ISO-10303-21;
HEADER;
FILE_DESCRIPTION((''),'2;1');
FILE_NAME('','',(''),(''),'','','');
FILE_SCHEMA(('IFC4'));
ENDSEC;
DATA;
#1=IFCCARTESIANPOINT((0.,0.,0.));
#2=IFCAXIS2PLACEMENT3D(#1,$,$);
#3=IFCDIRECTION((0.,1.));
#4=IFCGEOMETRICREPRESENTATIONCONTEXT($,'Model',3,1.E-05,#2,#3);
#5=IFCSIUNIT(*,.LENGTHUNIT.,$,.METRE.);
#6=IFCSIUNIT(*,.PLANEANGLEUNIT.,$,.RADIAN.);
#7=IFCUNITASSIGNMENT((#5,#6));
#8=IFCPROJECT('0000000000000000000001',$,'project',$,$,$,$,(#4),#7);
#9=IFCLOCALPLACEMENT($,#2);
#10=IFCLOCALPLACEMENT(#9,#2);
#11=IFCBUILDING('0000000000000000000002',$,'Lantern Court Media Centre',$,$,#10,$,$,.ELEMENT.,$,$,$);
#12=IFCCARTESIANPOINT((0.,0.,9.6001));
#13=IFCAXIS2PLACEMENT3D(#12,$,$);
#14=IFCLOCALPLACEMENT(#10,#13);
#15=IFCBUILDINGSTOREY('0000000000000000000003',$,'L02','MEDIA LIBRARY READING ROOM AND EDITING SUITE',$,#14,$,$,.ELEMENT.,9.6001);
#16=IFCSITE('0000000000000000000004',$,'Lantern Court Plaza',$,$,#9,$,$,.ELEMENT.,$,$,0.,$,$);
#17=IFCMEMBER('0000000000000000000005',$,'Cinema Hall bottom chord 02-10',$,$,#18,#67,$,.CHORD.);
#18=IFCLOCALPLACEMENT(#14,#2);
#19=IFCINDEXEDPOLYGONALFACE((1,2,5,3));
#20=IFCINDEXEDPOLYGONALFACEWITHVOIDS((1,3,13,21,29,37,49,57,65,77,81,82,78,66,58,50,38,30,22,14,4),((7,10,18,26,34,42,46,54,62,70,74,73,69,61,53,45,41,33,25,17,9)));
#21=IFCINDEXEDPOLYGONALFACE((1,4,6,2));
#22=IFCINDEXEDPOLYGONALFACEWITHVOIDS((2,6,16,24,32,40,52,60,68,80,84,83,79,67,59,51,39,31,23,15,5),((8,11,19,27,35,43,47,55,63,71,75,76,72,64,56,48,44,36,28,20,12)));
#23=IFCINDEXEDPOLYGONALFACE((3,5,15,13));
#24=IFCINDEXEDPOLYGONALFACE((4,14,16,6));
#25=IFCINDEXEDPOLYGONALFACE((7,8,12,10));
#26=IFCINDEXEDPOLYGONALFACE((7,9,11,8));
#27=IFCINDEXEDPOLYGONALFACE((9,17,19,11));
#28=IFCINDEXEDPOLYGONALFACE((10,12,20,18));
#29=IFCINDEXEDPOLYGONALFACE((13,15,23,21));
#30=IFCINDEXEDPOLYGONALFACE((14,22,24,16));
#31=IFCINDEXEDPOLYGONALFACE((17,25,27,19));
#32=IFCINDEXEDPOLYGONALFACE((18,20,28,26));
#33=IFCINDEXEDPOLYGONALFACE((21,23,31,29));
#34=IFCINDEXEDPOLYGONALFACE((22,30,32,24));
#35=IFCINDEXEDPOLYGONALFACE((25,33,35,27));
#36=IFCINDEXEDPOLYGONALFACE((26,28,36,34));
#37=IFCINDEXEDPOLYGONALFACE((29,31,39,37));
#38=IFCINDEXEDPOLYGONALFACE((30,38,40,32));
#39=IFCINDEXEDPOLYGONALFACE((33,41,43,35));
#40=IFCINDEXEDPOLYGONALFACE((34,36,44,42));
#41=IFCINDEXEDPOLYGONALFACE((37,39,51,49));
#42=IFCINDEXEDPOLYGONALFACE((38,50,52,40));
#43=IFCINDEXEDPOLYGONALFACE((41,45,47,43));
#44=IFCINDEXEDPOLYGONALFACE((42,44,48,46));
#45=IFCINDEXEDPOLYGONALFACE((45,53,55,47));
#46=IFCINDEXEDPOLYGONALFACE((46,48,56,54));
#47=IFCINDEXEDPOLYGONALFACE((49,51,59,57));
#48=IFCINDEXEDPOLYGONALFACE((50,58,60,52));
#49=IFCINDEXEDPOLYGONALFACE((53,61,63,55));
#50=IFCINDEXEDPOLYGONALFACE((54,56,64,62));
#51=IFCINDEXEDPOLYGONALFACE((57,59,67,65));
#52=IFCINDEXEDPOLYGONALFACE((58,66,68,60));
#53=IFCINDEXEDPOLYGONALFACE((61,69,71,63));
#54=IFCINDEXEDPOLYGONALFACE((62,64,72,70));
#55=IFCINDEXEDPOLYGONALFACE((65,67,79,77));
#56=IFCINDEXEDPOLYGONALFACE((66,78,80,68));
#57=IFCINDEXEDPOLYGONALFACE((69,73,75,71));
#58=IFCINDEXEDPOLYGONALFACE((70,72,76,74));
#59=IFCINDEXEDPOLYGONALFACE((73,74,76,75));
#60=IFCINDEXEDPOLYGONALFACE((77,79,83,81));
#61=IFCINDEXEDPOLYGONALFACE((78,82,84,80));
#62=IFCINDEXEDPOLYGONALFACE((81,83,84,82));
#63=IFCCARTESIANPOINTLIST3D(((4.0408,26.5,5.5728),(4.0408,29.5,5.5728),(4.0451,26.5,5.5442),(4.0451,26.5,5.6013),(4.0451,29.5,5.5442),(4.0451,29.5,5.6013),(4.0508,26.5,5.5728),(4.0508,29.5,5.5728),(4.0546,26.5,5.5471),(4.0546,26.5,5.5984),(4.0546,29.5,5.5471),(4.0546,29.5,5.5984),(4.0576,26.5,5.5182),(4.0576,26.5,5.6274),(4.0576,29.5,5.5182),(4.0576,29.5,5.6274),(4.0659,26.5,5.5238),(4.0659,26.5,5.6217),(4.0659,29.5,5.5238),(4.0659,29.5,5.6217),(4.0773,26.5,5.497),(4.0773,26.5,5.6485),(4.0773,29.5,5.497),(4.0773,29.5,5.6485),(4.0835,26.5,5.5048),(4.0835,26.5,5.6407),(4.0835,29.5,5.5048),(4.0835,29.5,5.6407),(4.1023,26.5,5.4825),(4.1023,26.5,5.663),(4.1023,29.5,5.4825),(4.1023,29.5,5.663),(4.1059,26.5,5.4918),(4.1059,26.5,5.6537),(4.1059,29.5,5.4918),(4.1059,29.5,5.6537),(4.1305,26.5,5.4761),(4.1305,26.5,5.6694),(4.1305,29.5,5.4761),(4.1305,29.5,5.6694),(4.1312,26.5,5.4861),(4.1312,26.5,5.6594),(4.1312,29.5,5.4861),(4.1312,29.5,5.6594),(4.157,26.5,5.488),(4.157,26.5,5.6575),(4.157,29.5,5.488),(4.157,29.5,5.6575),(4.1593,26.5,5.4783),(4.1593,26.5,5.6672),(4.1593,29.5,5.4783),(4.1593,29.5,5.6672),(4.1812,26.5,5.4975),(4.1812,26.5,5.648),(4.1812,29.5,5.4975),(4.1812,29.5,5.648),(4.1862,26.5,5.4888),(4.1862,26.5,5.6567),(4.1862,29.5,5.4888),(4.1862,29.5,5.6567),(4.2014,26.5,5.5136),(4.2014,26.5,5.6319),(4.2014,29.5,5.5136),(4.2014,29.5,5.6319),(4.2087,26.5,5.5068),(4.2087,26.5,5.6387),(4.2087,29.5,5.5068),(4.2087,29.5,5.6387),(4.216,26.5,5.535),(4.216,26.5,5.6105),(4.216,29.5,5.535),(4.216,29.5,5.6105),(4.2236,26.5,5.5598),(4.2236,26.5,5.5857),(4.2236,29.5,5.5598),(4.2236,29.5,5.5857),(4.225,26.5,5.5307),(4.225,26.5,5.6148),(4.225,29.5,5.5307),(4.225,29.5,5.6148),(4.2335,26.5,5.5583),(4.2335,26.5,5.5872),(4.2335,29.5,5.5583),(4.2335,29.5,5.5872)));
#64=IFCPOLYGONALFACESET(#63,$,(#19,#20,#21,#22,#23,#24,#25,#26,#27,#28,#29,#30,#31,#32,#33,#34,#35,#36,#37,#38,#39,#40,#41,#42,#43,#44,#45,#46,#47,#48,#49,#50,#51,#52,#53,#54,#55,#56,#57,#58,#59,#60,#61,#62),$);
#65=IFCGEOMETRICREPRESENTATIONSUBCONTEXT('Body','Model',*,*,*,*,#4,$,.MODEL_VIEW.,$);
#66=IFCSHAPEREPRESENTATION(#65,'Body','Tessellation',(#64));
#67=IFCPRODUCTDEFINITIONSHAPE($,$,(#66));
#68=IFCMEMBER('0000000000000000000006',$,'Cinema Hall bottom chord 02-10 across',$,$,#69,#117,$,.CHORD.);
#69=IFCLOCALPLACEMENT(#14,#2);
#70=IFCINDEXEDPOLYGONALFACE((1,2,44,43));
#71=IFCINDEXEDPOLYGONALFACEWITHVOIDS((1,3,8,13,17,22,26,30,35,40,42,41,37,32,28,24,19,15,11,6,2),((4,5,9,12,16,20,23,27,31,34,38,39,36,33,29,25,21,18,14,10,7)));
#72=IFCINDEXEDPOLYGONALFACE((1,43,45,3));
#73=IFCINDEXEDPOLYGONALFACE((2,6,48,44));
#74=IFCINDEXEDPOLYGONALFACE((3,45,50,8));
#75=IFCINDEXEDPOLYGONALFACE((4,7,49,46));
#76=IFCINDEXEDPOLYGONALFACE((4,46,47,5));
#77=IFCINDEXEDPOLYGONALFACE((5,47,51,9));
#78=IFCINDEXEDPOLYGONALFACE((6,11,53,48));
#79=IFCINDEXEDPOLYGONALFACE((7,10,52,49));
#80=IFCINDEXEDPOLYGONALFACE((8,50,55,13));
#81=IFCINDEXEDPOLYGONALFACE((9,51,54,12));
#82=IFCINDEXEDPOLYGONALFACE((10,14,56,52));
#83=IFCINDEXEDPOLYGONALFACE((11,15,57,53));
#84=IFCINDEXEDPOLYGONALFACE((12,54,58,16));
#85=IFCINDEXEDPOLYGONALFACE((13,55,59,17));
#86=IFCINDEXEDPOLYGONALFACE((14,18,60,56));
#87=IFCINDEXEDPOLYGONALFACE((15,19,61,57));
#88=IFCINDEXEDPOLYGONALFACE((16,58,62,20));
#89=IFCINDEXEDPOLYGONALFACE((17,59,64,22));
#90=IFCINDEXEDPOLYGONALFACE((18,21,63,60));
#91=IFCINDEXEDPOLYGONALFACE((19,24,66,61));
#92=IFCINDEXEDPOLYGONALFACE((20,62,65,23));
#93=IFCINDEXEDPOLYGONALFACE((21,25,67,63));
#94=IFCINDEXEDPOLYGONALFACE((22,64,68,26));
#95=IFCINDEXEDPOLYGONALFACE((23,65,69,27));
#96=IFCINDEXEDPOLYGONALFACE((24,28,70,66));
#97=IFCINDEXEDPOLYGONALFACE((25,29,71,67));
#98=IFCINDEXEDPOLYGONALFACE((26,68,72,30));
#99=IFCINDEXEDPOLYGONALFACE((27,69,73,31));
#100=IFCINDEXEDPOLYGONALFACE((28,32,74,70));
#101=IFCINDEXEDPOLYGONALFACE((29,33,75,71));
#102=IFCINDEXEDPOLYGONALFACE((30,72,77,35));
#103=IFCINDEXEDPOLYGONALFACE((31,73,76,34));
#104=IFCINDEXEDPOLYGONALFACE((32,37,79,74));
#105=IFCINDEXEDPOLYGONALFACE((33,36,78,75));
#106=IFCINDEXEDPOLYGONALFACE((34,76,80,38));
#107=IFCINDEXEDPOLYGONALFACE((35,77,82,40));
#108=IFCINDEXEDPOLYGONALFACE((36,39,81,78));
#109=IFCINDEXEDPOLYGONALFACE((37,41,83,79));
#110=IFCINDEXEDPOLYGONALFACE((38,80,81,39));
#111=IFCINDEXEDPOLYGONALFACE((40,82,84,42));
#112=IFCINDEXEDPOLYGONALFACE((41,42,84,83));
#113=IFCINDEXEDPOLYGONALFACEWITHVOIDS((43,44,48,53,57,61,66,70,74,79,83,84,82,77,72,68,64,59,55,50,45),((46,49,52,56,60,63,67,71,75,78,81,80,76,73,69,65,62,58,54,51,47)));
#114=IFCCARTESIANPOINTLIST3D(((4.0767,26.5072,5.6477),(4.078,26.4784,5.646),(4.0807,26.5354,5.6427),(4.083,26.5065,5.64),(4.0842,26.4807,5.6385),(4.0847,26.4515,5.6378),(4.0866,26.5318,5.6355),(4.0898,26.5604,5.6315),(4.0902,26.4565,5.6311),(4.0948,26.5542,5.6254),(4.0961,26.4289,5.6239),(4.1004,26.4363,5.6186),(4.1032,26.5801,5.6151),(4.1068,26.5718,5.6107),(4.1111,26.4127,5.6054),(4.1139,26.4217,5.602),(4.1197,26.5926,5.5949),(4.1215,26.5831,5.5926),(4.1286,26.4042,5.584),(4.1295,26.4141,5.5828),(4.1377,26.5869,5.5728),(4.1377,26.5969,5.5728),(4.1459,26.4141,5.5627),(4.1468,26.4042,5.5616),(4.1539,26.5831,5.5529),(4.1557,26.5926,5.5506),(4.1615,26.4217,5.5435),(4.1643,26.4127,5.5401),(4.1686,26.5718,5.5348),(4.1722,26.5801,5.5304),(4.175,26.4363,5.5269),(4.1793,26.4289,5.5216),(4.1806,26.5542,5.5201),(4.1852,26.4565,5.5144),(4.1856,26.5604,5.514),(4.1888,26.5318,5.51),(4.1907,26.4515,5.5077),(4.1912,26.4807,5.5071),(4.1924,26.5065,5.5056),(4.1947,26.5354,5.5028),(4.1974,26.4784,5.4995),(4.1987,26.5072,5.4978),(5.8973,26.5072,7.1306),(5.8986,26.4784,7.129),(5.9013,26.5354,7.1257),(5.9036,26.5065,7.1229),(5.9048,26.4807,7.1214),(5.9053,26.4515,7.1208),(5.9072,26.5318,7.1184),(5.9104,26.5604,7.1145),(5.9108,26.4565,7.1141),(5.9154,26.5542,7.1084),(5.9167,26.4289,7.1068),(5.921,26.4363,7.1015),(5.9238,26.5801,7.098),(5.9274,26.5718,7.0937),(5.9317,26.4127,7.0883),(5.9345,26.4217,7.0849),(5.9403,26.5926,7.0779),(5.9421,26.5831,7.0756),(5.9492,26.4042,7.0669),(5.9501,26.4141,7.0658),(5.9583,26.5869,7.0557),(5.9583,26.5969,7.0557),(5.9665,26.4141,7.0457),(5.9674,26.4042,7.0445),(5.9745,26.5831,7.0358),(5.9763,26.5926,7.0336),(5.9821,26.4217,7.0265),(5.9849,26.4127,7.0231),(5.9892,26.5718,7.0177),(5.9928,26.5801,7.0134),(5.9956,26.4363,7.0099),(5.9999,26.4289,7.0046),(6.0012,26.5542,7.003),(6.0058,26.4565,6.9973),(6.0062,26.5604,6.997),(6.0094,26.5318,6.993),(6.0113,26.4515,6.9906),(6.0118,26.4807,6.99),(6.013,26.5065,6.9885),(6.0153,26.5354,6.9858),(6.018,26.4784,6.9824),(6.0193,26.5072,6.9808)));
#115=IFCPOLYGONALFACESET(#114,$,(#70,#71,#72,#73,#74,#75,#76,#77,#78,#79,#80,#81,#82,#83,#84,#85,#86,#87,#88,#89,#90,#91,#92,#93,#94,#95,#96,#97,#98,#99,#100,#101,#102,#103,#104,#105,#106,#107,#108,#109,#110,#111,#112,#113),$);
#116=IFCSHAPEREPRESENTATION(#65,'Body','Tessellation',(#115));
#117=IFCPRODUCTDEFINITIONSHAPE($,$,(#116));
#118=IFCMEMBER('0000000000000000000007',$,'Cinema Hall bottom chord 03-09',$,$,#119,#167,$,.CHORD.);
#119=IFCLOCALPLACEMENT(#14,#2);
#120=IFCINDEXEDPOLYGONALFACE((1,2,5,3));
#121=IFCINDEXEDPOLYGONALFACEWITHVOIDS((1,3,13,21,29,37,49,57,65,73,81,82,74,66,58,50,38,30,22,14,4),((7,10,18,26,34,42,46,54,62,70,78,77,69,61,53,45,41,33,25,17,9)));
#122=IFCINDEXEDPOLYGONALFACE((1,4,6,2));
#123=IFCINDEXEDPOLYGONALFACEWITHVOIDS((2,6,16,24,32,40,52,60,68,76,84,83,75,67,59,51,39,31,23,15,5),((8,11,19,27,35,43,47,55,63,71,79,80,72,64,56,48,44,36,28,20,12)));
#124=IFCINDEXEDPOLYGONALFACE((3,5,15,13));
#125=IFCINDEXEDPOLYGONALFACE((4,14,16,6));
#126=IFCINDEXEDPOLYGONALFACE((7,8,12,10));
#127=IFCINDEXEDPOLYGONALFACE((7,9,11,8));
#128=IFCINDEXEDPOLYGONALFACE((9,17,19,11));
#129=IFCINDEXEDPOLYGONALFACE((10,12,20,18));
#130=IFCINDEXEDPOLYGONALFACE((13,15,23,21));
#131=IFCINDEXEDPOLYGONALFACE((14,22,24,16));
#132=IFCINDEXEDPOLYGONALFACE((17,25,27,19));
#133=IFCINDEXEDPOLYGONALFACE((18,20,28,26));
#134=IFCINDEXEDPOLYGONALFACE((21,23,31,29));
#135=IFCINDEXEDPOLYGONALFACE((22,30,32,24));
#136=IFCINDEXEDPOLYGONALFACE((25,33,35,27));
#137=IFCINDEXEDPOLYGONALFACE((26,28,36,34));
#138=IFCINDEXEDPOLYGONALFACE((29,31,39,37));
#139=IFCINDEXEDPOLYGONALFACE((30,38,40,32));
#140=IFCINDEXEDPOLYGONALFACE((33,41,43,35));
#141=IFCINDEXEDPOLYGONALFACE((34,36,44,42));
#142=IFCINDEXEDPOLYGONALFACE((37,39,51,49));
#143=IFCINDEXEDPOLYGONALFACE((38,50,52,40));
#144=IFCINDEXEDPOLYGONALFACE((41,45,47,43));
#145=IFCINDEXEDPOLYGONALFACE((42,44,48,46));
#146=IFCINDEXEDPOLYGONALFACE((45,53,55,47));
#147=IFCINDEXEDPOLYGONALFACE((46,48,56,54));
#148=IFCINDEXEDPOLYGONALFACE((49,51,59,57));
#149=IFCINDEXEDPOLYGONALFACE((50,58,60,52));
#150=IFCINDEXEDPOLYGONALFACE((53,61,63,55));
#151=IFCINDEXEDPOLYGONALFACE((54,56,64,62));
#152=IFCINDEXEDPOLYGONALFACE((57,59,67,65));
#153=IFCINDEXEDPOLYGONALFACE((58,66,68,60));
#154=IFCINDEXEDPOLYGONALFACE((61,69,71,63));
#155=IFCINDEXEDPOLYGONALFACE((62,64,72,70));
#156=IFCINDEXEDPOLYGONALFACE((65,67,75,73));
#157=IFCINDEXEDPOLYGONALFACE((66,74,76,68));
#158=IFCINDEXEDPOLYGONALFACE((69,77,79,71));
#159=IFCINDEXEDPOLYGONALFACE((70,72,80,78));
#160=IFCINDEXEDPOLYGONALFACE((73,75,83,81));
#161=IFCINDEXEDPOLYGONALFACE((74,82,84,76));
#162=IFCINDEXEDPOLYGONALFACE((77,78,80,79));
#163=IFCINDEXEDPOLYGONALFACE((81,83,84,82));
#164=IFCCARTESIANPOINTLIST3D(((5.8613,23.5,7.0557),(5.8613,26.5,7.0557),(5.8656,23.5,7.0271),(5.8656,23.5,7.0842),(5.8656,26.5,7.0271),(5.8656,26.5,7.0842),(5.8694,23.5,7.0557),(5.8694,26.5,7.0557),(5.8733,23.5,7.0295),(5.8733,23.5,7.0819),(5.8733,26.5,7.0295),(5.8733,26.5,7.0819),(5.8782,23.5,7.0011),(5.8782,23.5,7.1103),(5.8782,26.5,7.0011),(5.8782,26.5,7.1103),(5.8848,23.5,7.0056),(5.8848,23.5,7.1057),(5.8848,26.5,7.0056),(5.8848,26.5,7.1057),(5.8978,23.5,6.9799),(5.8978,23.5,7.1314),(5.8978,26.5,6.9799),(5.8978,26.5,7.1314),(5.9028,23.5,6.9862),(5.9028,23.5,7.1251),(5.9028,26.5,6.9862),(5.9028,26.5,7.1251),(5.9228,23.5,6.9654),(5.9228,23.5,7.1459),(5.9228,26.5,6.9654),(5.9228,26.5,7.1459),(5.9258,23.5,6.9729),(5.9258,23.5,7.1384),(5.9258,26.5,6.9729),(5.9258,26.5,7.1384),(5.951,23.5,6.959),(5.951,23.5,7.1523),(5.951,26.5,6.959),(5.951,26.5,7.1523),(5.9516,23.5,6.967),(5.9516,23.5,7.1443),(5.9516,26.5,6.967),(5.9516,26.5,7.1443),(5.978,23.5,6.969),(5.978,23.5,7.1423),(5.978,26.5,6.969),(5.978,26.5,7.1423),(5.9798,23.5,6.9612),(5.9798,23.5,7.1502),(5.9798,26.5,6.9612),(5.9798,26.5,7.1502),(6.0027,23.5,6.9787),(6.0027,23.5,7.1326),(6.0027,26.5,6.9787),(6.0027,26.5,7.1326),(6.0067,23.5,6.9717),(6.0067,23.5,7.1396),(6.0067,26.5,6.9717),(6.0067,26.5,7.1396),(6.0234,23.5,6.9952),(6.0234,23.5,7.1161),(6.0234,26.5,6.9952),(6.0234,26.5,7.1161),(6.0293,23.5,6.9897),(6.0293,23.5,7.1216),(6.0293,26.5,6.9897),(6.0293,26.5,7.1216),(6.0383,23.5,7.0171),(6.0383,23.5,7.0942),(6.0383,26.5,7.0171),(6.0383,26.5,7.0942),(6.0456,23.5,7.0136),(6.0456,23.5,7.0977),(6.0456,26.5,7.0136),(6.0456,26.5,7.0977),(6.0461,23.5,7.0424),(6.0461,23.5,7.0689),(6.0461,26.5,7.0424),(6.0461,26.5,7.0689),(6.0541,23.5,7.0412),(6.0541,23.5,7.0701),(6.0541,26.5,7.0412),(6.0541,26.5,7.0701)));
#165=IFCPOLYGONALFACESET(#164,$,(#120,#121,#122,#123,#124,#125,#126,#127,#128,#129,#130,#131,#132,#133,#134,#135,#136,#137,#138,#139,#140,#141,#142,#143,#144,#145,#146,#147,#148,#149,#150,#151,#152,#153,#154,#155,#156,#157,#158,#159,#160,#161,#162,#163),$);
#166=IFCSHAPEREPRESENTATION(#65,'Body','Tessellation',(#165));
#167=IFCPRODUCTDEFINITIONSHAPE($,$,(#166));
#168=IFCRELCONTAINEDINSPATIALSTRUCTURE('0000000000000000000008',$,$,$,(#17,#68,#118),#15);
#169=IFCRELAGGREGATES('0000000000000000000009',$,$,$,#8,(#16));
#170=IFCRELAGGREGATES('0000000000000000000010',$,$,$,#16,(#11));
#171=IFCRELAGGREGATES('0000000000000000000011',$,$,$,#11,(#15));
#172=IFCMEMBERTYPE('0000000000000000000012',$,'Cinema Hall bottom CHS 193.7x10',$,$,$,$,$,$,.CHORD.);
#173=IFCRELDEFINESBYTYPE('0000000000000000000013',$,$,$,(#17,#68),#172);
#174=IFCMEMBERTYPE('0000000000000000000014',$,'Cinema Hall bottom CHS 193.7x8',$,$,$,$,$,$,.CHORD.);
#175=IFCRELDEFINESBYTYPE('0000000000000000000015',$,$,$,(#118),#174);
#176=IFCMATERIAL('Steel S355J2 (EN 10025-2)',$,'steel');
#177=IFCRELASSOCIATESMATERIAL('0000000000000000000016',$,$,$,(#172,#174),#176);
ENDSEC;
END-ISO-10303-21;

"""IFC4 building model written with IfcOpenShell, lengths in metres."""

from ifc_helpers import new_model, si_unit, direction, frame, origin, origin_2d, place, context, subcontext, project, spatial, hollow_circle, extrude, material, material_profile, profile_set, type_object, element, save


model = new_model("IFC4")

# Units and contexts
model_context = context("Model", 3, precision=1e-05, world=origin(), true_north=direction((0.0, 1.0)))
body_context = subcontext(model_context, "Body", "Model", "MODEL_VIEW")
ifc_project = project(units=[si_unit("LENGTHUNIT", "METRE"), si_unit("PLANEANGLEUNIT", "RADIAN")], contexts=[model_context])

# Site, building, storey
site_placement = place(None, origin())
site = spatial("IfcSite", under=ifc_project, at=site_placement, Name="Lantern Court Plaza", CompositionType="ELEMENT", RefElevation=0.0)
building_placement = place(site_placement, origin())
building = spatial("IfcBuilding", under=site, at=building_placement, Name="Lantern Court Media Centre", CompositionType="ELEMENT")
storey_placement = place(building_placement, frame((0.0, 0.0, 9.6001)))
storey = spatial("IfcBuildingStorey", under=building, at=storey_placement, Name="L02", Description="MEDIA LIBRARY READING ROOM AND EDITING SUITE", CompositionType="ELEMENT", Elevation=9.6001)

# Members
ifc_material = material(Name="Steel S355J2 (EN 10025-2)", Category="steel")
ifc_material_profile_1 = material_profile(ifc_material, hollow_circle(Radius=0.0969, WallThickness=0.01, at=origin_2d()), Name="Cinema Hall bottom CHS 193.7x10")
ifc_profile_set_1 = profile_set([ifc_material_profile_1], Name="Steel S355J2 (EN 10025-2)")
member_type_1 = type_object("IfcMemberType", Name="Cinema Hall bottom CHS 193.7x10", PredefinedType="CHORD", material=ifc_profile_set_1)
member_1_placement = place(storey_placement, frame((4.1377, 26.5, 5.5728), z_axis=(0.0, 1.0, 0.0), x_axis=(-1.0, 0.0, 0.0)))
element("IfcMember", 1, at=member_1_placement, inside=storey, type_object=member_type_1, Name="Cinema Hall bottom chord 02-10", PredefinedType="CHORD", context=body_context, shape_type="SweptSolid", body=[
    extrude(hollow_circle(Radius=0.0969, WallThickness=0.01, at=origin_2d()), origin(), (0.0, 0.0, 1.0), 3.0),
])
member_2_placement = place(storey_placement, frame((4.1377, 26.5, 5.5728), z_axis=(0.775341, 0.0, 0.631543), x_axis=(0.0, 1.0, 0.0)))
element("IfcMember", 2, at=member_2_placement, inside=storey, type_object=member_type_1, Name="Cinema Hall bottom chord 02-10 across", PredefinedType="CHORD", context=body_context, shape_type="SweptSolid", body=[
    extrude(hollow_circle(Radius=0.0969, WallThickness=0.01, at=origin_2d()), origin(), (0.0, 0.0, 1.0), 2.3481),
])
ifc_material_profile_2 = material_profile(ifc_material, hollow_circle(Radius=0.0969, WallThickness=0.0081, at=origin_2d()), Name="Cinema Hall bottom CHS 193.7x8")
ifc_profile_set_2 = profile_set([ifc_material_profile_2], Name="Steel S355J2 (EN 10025-2)")
member_type_2 = type_object("IfcMemberType", Name="Cinema Hall bottom CHS 193.7x8", PredefinedType="CHORD", material=ifc_profile_set_2)
for number, where, z_axis, x_axis, name in (
    (3, (5.9583, 23.5, 7.0557), (0.0, 1.0, 0.0), (-1.0, 0.0, 0.0), "Cinema Hall bottom chord 03-09"),
):
    element("IfcMember", number, at=place(storey_placement, frame(where, z_axis=z_axis, x_axis=x_axis)), inside=storey, type_object=member_type_2, Name=name, PredefinedType="CHORD", context=body_context, shape_type="SweptSolid", body=[
        extrude(hollow_circle(Radius=0.0969, WallThickness=0.0081, at=origin_2d()), origin(), (0.0, 0.0, 1.0), 3.0),
    ])

save(model, "model.ifc")
